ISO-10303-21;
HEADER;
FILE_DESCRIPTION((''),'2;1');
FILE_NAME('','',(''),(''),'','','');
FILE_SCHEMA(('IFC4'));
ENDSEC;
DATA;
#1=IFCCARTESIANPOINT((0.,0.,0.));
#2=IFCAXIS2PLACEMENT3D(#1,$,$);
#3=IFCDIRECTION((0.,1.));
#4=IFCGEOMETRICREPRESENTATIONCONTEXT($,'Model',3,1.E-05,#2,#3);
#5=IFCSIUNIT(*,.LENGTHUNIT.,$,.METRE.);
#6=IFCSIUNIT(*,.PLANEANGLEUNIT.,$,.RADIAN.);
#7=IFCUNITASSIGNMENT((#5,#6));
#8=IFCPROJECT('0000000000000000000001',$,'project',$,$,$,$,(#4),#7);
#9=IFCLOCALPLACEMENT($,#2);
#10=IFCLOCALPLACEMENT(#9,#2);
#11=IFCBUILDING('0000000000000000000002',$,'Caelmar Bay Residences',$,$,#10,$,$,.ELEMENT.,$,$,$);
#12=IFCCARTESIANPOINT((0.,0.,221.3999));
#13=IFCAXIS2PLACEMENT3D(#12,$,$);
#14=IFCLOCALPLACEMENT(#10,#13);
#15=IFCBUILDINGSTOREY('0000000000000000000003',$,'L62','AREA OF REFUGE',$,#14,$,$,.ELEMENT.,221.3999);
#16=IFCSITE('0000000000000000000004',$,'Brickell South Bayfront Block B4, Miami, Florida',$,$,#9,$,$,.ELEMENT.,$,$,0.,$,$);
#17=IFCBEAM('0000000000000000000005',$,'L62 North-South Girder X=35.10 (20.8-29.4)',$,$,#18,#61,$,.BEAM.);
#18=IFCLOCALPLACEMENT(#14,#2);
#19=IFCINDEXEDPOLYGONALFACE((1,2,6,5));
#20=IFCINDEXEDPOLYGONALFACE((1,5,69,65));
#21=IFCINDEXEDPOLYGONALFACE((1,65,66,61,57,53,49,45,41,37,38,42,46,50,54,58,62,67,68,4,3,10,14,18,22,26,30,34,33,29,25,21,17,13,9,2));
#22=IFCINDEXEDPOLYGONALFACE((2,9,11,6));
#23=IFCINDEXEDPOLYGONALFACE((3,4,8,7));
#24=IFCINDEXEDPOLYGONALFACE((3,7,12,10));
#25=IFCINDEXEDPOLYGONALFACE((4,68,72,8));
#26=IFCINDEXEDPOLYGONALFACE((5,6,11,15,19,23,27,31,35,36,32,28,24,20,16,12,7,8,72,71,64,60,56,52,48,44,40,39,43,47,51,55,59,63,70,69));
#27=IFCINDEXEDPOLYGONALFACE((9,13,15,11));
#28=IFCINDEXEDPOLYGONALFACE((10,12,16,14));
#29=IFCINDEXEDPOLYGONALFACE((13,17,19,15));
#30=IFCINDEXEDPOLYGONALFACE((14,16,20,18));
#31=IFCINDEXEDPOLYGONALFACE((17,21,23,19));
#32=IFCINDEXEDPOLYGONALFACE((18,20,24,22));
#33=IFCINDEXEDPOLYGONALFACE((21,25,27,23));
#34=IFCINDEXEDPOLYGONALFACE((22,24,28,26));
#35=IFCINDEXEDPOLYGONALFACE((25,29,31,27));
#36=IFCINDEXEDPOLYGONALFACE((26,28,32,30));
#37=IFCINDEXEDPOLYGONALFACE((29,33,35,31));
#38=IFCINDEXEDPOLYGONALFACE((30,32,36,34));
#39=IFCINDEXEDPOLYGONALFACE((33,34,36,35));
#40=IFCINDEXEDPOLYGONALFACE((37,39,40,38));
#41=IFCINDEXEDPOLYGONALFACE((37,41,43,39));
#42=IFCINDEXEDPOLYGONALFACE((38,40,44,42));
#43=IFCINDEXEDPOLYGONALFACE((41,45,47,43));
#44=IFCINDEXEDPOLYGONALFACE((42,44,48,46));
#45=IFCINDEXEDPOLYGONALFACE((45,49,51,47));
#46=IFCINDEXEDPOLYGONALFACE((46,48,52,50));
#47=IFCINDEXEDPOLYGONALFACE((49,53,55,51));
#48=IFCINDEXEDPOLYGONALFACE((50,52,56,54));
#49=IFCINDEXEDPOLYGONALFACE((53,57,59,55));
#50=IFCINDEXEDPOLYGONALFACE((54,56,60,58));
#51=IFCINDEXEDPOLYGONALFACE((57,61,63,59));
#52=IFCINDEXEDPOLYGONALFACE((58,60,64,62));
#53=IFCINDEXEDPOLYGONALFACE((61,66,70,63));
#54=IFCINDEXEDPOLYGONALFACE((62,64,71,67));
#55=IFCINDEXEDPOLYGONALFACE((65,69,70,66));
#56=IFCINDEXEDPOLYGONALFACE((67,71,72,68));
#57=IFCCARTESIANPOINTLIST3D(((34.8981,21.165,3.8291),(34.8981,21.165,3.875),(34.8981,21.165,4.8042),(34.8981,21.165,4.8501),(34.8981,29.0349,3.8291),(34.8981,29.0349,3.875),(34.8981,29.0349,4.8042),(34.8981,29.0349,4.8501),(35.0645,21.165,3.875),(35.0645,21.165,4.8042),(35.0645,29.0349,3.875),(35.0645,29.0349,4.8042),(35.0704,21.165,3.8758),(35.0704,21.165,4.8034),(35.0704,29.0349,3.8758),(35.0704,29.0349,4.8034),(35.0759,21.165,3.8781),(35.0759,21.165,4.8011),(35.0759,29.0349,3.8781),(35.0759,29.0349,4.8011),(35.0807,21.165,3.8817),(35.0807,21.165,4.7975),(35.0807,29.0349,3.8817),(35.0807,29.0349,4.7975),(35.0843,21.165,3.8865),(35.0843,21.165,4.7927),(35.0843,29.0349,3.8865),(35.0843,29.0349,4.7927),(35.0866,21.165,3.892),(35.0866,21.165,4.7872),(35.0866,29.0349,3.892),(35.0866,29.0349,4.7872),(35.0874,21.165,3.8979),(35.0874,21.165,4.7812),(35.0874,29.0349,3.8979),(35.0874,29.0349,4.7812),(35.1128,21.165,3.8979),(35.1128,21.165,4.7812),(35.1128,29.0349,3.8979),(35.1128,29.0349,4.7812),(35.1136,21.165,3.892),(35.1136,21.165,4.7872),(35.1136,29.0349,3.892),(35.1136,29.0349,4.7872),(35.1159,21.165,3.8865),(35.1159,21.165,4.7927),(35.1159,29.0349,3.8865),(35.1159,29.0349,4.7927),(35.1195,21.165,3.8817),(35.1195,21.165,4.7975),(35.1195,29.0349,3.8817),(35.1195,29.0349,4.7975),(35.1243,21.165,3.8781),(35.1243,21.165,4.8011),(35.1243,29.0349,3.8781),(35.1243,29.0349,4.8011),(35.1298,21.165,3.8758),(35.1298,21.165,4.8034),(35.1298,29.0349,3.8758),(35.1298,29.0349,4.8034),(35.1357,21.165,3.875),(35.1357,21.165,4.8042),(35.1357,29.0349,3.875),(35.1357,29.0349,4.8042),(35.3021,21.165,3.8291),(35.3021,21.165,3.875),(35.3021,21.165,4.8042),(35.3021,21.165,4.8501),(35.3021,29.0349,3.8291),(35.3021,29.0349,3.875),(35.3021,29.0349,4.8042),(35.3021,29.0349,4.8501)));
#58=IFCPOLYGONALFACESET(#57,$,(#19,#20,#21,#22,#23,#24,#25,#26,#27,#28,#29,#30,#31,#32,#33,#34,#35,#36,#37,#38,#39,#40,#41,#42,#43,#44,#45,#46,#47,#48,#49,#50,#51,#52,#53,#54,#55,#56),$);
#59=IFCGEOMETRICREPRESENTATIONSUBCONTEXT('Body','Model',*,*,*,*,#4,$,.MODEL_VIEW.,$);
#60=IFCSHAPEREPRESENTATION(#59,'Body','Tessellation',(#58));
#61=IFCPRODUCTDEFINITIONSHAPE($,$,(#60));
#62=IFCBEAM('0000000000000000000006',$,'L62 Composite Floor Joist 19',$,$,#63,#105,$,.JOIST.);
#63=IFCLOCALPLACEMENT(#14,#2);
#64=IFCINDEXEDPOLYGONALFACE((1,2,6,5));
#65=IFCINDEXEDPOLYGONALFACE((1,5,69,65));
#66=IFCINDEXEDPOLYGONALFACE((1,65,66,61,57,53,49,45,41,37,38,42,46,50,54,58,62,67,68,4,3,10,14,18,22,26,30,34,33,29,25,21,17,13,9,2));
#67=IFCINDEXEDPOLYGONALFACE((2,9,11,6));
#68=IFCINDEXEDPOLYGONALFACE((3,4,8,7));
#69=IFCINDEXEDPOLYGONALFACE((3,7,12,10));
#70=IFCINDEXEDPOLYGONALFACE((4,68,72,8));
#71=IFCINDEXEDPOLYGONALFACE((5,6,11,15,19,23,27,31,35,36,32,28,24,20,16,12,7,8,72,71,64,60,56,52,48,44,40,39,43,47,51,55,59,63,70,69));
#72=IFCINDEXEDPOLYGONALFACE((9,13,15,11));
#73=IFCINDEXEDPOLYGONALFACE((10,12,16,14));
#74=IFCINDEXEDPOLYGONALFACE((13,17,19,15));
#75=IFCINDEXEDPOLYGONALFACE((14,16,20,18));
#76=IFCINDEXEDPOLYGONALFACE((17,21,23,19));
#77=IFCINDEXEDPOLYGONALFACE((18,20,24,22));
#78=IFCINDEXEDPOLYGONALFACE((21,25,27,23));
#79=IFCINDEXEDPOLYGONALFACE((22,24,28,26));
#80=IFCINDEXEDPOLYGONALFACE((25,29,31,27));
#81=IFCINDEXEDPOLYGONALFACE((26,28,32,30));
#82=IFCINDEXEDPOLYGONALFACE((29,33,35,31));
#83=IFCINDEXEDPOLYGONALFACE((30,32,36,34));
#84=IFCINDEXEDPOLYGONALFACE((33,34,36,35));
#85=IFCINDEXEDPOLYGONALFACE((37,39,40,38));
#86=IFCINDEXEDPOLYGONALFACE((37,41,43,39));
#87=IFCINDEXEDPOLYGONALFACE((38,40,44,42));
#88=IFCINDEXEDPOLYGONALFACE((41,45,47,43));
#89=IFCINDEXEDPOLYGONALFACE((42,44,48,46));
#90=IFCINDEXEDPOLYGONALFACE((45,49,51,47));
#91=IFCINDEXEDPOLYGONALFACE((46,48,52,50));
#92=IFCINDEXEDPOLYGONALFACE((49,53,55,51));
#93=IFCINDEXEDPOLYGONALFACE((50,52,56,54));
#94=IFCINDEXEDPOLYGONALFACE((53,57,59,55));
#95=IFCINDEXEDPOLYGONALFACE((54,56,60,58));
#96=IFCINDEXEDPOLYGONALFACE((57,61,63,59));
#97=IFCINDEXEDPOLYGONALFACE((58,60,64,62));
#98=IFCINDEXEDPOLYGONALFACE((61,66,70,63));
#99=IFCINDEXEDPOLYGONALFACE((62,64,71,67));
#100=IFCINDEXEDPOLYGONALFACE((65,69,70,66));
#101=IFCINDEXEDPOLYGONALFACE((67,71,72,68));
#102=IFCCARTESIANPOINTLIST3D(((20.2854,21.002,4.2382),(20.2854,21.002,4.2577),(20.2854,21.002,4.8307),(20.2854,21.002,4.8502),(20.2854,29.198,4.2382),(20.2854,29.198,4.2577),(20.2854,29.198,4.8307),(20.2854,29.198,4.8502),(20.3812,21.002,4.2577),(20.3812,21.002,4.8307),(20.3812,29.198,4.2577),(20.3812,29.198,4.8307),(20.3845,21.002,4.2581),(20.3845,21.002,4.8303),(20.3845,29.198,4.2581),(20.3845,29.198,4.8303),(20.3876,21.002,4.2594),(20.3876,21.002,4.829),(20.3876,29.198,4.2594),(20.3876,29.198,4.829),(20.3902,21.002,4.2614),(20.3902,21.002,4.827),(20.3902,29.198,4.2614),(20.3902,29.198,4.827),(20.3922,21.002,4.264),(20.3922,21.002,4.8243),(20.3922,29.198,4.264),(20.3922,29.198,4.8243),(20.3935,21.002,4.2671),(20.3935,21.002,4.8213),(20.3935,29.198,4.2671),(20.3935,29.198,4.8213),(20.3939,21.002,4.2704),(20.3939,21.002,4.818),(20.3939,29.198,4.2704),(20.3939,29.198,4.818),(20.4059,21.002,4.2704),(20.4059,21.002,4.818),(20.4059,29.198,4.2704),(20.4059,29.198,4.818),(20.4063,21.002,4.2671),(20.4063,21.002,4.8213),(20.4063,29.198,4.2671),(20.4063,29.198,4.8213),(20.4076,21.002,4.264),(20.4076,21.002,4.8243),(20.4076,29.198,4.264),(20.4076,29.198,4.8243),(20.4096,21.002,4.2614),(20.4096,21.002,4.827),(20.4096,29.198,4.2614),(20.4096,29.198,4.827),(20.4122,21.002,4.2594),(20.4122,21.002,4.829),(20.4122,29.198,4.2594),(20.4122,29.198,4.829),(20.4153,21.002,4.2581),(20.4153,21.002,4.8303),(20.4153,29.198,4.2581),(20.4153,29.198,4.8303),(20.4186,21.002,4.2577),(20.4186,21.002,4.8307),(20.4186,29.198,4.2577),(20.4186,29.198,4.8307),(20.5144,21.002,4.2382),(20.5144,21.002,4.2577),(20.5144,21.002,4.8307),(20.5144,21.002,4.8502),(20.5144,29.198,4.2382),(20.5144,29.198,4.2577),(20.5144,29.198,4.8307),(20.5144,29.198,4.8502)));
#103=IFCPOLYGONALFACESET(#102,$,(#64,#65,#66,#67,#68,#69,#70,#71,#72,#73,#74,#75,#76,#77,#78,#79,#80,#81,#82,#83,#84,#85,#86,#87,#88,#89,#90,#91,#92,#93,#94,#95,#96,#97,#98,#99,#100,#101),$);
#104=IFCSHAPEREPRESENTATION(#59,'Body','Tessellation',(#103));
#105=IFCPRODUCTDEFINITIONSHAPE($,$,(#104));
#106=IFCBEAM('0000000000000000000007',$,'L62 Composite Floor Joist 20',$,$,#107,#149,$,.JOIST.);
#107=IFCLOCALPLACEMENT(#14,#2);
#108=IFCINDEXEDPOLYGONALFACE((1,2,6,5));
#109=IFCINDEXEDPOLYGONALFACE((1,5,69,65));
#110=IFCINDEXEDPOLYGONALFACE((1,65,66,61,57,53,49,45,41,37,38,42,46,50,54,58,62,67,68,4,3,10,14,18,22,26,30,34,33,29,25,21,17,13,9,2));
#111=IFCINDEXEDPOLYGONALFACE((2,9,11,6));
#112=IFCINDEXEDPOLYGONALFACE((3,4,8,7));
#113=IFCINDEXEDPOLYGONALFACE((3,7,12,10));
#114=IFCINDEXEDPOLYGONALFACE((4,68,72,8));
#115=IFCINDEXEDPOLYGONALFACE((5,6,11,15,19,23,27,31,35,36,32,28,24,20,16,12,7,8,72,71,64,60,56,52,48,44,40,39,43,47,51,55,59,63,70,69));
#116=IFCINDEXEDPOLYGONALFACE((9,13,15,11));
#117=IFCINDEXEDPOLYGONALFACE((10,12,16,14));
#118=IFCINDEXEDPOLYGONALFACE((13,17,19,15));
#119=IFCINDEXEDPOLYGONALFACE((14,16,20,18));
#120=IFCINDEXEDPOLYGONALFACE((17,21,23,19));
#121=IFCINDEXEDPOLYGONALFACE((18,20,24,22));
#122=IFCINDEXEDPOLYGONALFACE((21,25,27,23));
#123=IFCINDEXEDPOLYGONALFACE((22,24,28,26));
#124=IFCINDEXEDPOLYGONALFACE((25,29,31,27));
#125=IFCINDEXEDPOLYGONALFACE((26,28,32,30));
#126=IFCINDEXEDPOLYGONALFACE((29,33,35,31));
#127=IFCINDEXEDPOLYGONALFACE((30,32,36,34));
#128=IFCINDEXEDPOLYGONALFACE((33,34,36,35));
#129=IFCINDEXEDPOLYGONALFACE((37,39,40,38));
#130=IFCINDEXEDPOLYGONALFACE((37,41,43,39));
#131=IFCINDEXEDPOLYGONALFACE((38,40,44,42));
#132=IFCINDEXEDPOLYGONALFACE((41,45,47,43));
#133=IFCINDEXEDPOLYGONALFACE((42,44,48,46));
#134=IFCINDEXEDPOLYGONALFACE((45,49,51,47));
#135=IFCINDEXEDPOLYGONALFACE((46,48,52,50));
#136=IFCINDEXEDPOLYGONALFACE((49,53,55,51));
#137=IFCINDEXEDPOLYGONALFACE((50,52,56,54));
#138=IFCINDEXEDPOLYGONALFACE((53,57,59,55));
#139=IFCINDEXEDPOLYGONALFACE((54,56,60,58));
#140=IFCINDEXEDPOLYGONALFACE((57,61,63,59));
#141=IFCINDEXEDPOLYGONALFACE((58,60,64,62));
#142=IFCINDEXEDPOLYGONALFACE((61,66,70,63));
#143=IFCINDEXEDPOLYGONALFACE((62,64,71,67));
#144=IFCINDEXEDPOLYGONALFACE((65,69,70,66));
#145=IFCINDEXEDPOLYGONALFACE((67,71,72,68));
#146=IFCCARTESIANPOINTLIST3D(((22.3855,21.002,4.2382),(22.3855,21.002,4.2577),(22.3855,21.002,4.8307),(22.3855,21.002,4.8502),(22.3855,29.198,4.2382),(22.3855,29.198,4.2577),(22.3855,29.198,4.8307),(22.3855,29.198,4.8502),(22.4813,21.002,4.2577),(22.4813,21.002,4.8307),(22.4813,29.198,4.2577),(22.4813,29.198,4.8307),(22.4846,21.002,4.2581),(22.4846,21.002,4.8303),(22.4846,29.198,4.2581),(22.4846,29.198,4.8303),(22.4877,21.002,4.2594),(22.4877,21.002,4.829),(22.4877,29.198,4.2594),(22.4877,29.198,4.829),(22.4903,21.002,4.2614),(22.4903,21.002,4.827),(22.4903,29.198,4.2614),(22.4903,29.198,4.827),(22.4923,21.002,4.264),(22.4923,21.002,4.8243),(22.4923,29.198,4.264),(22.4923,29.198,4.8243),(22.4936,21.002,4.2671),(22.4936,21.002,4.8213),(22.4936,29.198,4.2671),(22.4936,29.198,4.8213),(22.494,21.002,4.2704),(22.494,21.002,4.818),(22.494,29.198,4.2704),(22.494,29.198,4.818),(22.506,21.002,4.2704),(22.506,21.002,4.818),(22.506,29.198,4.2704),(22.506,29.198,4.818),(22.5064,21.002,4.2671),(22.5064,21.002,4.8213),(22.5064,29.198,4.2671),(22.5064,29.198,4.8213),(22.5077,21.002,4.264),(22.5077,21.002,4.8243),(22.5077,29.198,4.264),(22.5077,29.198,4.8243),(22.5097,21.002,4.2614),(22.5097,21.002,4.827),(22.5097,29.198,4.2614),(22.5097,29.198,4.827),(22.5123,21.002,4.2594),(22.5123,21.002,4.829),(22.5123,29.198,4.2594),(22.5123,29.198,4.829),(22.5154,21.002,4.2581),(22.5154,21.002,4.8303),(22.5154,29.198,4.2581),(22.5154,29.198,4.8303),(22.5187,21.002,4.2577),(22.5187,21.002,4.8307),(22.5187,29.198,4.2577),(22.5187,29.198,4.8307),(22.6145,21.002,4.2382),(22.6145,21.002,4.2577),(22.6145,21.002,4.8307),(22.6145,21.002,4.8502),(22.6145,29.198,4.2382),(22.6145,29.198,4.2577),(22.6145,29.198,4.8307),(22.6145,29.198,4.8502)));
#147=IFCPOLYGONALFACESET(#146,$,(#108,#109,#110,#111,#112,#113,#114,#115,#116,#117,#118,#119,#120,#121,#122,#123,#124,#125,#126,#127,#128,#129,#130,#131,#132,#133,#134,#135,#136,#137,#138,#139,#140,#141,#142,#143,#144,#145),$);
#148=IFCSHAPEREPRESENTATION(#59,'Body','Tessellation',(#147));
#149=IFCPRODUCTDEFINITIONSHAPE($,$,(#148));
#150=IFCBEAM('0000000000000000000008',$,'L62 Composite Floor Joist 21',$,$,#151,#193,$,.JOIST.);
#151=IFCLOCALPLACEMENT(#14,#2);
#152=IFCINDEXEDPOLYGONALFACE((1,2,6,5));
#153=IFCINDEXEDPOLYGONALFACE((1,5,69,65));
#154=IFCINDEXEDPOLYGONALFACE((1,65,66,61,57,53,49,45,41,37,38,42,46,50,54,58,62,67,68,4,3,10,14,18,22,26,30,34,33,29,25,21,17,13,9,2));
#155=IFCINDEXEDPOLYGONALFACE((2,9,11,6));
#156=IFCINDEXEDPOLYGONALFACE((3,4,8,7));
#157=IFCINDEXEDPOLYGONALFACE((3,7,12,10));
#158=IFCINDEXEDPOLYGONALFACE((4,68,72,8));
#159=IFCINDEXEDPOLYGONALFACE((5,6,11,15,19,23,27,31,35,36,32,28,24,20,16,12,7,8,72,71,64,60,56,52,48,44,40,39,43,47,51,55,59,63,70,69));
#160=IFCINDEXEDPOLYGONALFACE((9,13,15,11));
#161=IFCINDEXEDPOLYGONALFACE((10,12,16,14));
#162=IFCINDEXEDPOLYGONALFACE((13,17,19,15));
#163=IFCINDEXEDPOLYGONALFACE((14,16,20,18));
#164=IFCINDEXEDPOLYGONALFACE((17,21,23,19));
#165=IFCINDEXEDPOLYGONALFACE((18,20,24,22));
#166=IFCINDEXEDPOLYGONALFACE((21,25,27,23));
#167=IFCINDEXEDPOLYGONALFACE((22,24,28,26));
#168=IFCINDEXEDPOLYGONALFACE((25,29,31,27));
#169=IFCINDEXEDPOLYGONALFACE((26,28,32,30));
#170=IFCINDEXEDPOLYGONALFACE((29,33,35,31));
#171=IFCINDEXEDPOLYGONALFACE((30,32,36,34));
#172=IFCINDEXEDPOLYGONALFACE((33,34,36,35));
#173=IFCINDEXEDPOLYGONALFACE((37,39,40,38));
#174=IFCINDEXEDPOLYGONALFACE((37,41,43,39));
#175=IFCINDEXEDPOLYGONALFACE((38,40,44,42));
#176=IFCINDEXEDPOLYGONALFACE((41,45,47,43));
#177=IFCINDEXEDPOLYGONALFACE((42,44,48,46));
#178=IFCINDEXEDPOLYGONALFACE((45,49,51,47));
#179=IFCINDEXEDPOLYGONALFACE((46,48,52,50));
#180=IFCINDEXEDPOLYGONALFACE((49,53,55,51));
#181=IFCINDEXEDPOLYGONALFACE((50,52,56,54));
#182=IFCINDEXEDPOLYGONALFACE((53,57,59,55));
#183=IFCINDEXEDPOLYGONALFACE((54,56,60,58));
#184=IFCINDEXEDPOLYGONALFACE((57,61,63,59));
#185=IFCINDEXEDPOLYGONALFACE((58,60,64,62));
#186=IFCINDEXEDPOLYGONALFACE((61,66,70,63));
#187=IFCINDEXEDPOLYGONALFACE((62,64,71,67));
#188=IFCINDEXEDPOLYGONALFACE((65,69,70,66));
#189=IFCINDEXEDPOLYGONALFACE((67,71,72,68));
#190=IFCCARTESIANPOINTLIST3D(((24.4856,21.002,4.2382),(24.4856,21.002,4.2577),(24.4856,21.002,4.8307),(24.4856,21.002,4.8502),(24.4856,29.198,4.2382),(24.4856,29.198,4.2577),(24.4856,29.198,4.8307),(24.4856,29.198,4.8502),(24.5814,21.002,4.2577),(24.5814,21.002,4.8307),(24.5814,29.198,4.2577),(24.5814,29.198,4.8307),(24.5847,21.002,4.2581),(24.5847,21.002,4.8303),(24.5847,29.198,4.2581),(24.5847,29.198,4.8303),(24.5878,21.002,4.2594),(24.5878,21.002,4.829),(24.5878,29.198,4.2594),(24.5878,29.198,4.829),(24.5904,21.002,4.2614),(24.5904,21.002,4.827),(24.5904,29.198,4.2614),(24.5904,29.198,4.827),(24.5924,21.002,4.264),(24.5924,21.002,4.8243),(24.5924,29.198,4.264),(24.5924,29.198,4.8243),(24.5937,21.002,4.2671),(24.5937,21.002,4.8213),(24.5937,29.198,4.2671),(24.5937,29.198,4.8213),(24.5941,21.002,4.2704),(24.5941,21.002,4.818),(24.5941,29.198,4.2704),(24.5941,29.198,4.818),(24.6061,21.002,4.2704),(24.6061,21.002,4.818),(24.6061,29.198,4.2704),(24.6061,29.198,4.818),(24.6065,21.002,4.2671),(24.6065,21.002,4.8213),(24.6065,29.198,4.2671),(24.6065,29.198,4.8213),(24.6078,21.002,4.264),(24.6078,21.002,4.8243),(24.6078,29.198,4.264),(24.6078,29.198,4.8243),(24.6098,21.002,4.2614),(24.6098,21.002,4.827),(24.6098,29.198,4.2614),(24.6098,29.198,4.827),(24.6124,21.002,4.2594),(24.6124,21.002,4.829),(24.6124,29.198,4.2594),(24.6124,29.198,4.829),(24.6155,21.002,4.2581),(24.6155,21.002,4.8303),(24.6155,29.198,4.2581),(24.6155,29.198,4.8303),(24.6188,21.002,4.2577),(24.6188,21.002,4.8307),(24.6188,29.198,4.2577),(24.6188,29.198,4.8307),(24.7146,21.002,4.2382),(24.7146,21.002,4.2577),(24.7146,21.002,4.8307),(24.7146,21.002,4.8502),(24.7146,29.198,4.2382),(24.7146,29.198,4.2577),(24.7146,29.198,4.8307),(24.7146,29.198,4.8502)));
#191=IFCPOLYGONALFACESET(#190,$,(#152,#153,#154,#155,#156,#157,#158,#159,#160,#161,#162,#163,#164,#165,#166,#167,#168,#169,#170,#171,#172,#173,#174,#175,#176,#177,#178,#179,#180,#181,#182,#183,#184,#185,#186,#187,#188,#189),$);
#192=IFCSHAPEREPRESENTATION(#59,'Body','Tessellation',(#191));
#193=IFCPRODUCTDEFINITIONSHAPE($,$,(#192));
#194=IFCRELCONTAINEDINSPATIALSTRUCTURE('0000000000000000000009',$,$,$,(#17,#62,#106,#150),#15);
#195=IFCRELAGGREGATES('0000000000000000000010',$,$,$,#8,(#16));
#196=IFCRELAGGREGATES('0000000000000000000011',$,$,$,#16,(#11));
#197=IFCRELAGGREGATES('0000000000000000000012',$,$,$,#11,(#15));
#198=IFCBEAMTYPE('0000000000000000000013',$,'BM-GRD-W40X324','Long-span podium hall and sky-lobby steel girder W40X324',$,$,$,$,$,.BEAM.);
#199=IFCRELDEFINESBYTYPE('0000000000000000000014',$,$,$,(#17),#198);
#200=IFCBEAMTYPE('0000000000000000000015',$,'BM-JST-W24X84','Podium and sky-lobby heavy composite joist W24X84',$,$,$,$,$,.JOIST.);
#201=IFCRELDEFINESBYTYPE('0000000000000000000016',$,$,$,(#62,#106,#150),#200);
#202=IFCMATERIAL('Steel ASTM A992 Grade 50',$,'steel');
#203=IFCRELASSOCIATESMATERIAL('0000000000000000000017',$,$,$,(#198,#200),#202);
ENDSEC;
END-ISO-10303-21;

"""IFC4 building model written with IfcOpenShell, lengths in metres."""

from ifc_helpers import new_model, si_unit, direction, frame, origin, origin_2d, place, context, subcontext, project, spatial, i_section, extrude, material, material_profile, profile_set, type_object, element, save


model = new_model("IFC4")

# Units and contexts
model_context = context("Model", 3, precision=1e-05, world=origin(), true_north=direction((0.0, 1.0)))
body_context = subcontext(model_context, "Body", "Model", "MODEL_VIEW")
ifc_project = project(units=[si_unit("LENGTHUNIT", "METRE"), si_unit("PLANEANGLEUNIT", "RADIAN")], contexts=[model_context])

# Site, building, storey
site_placement = place(None, origin())
site = spatial("IfcSite", under=ifc_project, at=site_placement, Name="Brickell South Bayfront Block B4, Miami, Florida", CompositionType="ELEMENT", RefElevation=0.0)
building_placement = place(site_placement, origin())
building = spatial("IfcBuilding", under=site, at=building_placement, Name="Caelmar Bay Residences", CompositionType="ELEMENT")
storey_placement = place(building_placement, frame((0.0, 0.0, 221.3999)))
storey = spatial("IfcBuildingStorey", under=building, at=storey_placement, Name="L62", Description="AREA OF REFUGE", CompositionType="ELEMENT", Elevation=221.3999)

# Beams
ifc_material_1 = material(Name="Steel ASTM A992 Grade 50", Category="steel")
ifc_material_profile_1 = material_profile(ifc_material_1, i_section(OverallWidth=0.4041, OverallDepth=1.021, WebThickness=0.0254, FlangeThickness=0.0459, FilletRadius=0.0229, at=origin_2d()), Name="W40X324")
ifc_profile_set_1 = profile_set([ifc_material_profile_1], Name="Steel ASTM A992 Grade 50")
beam_type_1 = type_object("IfcBeamType", Name="BM-GRD-W40X324", Description="Long-span podium hall and sky-lobby steel girder W40X324", PredefinedType="BEAM", material=ifc_profile_set_1)
for number, where, z_axis, x_axis, name in (
    (1, (35.1001, 21.165, 4.3396), (0.0, 1.0, 0.0), (-1.0, 0.0, 0.0), "L62 North-South Girder X=35.10 (20.8-29.4)"),
):
    element("IfcBeam", number, at=place(storey_placement, frame(where, z_axis=z_axis, x_axis=x_axis)), inside=storey, type_object=beam_type_1, Name=name, PredefinedType="BEAM", context=body_context, shape_type="SweptSolid", body=[
        extrude(i_section(OverallWidth=0.4041, OverallDepth=1.021, WebThickness=0.0254, FlangeThickness=0.0459, FilletRadius=0.0229, at=origin_2d()), origin(), (0.0, 0.0, 1.0), 7.8699),
    ])
ifc_material_profile_2 = material_profile(ifc_material_1, i_section(OverallWidth=0.229, OverallDepth=0.6121, WebThickness=0.012, FlangeThickness=0.0195, FilletRadius=0.0127, at=origin_2d()), Name="W24X84")
ifc_profile_set_2 = profile_set([ifc_material_profile_2], Name="Steel ASTM A992 Grade 50")
beam_type_2 = type_object("IfcBeamType", Name="BM-JST-W24X84", Description="Podium and sky-lobby heavy composite joist W24X84", PredefinedType="JOIST", material=ifc_profile_set_2)
for number, where, z_axis, x_axis, name in (
    (2, (20.3999, 21.002, 4.5442), (0.0, 1.0, 0.0), (-1.0, 0.0, 0.0), "L62 Composite Floor Joist 19"),
    (3, (22.5, 21.002, 4.5442), (0.0, 1.0, 0.0), (-1.0, 0.0, 0.0), "L62 Composite Floor Joist 20"),
    (4, (24.6001, 21.002, 4.5442), (0.0, 1.0, 0.0), (-1.0, 0.0, 0.0), "L62 Composite Floor Joist 21"),
):
    element("IfcBeam", number, at=place(storey_placement, frame(where, z_axis=z_axis, x_axis=x_axis)), inside=storey, type_object=beam_type_2, Name=name, PredefinedType="JOIST", context=body_context, shape_type="SweptSolid", body=[
        extrude(i_section(OverallWidth=0.229, OverallDepth=0.6121, WebThickness=0.012, FlangeThickness=0.0195, FilletRadius=0.0127, at=origin_2d()), origin(), (0.0, 0.0, 1.0), 8.196),
    ])

save(model, "model.ifc")
